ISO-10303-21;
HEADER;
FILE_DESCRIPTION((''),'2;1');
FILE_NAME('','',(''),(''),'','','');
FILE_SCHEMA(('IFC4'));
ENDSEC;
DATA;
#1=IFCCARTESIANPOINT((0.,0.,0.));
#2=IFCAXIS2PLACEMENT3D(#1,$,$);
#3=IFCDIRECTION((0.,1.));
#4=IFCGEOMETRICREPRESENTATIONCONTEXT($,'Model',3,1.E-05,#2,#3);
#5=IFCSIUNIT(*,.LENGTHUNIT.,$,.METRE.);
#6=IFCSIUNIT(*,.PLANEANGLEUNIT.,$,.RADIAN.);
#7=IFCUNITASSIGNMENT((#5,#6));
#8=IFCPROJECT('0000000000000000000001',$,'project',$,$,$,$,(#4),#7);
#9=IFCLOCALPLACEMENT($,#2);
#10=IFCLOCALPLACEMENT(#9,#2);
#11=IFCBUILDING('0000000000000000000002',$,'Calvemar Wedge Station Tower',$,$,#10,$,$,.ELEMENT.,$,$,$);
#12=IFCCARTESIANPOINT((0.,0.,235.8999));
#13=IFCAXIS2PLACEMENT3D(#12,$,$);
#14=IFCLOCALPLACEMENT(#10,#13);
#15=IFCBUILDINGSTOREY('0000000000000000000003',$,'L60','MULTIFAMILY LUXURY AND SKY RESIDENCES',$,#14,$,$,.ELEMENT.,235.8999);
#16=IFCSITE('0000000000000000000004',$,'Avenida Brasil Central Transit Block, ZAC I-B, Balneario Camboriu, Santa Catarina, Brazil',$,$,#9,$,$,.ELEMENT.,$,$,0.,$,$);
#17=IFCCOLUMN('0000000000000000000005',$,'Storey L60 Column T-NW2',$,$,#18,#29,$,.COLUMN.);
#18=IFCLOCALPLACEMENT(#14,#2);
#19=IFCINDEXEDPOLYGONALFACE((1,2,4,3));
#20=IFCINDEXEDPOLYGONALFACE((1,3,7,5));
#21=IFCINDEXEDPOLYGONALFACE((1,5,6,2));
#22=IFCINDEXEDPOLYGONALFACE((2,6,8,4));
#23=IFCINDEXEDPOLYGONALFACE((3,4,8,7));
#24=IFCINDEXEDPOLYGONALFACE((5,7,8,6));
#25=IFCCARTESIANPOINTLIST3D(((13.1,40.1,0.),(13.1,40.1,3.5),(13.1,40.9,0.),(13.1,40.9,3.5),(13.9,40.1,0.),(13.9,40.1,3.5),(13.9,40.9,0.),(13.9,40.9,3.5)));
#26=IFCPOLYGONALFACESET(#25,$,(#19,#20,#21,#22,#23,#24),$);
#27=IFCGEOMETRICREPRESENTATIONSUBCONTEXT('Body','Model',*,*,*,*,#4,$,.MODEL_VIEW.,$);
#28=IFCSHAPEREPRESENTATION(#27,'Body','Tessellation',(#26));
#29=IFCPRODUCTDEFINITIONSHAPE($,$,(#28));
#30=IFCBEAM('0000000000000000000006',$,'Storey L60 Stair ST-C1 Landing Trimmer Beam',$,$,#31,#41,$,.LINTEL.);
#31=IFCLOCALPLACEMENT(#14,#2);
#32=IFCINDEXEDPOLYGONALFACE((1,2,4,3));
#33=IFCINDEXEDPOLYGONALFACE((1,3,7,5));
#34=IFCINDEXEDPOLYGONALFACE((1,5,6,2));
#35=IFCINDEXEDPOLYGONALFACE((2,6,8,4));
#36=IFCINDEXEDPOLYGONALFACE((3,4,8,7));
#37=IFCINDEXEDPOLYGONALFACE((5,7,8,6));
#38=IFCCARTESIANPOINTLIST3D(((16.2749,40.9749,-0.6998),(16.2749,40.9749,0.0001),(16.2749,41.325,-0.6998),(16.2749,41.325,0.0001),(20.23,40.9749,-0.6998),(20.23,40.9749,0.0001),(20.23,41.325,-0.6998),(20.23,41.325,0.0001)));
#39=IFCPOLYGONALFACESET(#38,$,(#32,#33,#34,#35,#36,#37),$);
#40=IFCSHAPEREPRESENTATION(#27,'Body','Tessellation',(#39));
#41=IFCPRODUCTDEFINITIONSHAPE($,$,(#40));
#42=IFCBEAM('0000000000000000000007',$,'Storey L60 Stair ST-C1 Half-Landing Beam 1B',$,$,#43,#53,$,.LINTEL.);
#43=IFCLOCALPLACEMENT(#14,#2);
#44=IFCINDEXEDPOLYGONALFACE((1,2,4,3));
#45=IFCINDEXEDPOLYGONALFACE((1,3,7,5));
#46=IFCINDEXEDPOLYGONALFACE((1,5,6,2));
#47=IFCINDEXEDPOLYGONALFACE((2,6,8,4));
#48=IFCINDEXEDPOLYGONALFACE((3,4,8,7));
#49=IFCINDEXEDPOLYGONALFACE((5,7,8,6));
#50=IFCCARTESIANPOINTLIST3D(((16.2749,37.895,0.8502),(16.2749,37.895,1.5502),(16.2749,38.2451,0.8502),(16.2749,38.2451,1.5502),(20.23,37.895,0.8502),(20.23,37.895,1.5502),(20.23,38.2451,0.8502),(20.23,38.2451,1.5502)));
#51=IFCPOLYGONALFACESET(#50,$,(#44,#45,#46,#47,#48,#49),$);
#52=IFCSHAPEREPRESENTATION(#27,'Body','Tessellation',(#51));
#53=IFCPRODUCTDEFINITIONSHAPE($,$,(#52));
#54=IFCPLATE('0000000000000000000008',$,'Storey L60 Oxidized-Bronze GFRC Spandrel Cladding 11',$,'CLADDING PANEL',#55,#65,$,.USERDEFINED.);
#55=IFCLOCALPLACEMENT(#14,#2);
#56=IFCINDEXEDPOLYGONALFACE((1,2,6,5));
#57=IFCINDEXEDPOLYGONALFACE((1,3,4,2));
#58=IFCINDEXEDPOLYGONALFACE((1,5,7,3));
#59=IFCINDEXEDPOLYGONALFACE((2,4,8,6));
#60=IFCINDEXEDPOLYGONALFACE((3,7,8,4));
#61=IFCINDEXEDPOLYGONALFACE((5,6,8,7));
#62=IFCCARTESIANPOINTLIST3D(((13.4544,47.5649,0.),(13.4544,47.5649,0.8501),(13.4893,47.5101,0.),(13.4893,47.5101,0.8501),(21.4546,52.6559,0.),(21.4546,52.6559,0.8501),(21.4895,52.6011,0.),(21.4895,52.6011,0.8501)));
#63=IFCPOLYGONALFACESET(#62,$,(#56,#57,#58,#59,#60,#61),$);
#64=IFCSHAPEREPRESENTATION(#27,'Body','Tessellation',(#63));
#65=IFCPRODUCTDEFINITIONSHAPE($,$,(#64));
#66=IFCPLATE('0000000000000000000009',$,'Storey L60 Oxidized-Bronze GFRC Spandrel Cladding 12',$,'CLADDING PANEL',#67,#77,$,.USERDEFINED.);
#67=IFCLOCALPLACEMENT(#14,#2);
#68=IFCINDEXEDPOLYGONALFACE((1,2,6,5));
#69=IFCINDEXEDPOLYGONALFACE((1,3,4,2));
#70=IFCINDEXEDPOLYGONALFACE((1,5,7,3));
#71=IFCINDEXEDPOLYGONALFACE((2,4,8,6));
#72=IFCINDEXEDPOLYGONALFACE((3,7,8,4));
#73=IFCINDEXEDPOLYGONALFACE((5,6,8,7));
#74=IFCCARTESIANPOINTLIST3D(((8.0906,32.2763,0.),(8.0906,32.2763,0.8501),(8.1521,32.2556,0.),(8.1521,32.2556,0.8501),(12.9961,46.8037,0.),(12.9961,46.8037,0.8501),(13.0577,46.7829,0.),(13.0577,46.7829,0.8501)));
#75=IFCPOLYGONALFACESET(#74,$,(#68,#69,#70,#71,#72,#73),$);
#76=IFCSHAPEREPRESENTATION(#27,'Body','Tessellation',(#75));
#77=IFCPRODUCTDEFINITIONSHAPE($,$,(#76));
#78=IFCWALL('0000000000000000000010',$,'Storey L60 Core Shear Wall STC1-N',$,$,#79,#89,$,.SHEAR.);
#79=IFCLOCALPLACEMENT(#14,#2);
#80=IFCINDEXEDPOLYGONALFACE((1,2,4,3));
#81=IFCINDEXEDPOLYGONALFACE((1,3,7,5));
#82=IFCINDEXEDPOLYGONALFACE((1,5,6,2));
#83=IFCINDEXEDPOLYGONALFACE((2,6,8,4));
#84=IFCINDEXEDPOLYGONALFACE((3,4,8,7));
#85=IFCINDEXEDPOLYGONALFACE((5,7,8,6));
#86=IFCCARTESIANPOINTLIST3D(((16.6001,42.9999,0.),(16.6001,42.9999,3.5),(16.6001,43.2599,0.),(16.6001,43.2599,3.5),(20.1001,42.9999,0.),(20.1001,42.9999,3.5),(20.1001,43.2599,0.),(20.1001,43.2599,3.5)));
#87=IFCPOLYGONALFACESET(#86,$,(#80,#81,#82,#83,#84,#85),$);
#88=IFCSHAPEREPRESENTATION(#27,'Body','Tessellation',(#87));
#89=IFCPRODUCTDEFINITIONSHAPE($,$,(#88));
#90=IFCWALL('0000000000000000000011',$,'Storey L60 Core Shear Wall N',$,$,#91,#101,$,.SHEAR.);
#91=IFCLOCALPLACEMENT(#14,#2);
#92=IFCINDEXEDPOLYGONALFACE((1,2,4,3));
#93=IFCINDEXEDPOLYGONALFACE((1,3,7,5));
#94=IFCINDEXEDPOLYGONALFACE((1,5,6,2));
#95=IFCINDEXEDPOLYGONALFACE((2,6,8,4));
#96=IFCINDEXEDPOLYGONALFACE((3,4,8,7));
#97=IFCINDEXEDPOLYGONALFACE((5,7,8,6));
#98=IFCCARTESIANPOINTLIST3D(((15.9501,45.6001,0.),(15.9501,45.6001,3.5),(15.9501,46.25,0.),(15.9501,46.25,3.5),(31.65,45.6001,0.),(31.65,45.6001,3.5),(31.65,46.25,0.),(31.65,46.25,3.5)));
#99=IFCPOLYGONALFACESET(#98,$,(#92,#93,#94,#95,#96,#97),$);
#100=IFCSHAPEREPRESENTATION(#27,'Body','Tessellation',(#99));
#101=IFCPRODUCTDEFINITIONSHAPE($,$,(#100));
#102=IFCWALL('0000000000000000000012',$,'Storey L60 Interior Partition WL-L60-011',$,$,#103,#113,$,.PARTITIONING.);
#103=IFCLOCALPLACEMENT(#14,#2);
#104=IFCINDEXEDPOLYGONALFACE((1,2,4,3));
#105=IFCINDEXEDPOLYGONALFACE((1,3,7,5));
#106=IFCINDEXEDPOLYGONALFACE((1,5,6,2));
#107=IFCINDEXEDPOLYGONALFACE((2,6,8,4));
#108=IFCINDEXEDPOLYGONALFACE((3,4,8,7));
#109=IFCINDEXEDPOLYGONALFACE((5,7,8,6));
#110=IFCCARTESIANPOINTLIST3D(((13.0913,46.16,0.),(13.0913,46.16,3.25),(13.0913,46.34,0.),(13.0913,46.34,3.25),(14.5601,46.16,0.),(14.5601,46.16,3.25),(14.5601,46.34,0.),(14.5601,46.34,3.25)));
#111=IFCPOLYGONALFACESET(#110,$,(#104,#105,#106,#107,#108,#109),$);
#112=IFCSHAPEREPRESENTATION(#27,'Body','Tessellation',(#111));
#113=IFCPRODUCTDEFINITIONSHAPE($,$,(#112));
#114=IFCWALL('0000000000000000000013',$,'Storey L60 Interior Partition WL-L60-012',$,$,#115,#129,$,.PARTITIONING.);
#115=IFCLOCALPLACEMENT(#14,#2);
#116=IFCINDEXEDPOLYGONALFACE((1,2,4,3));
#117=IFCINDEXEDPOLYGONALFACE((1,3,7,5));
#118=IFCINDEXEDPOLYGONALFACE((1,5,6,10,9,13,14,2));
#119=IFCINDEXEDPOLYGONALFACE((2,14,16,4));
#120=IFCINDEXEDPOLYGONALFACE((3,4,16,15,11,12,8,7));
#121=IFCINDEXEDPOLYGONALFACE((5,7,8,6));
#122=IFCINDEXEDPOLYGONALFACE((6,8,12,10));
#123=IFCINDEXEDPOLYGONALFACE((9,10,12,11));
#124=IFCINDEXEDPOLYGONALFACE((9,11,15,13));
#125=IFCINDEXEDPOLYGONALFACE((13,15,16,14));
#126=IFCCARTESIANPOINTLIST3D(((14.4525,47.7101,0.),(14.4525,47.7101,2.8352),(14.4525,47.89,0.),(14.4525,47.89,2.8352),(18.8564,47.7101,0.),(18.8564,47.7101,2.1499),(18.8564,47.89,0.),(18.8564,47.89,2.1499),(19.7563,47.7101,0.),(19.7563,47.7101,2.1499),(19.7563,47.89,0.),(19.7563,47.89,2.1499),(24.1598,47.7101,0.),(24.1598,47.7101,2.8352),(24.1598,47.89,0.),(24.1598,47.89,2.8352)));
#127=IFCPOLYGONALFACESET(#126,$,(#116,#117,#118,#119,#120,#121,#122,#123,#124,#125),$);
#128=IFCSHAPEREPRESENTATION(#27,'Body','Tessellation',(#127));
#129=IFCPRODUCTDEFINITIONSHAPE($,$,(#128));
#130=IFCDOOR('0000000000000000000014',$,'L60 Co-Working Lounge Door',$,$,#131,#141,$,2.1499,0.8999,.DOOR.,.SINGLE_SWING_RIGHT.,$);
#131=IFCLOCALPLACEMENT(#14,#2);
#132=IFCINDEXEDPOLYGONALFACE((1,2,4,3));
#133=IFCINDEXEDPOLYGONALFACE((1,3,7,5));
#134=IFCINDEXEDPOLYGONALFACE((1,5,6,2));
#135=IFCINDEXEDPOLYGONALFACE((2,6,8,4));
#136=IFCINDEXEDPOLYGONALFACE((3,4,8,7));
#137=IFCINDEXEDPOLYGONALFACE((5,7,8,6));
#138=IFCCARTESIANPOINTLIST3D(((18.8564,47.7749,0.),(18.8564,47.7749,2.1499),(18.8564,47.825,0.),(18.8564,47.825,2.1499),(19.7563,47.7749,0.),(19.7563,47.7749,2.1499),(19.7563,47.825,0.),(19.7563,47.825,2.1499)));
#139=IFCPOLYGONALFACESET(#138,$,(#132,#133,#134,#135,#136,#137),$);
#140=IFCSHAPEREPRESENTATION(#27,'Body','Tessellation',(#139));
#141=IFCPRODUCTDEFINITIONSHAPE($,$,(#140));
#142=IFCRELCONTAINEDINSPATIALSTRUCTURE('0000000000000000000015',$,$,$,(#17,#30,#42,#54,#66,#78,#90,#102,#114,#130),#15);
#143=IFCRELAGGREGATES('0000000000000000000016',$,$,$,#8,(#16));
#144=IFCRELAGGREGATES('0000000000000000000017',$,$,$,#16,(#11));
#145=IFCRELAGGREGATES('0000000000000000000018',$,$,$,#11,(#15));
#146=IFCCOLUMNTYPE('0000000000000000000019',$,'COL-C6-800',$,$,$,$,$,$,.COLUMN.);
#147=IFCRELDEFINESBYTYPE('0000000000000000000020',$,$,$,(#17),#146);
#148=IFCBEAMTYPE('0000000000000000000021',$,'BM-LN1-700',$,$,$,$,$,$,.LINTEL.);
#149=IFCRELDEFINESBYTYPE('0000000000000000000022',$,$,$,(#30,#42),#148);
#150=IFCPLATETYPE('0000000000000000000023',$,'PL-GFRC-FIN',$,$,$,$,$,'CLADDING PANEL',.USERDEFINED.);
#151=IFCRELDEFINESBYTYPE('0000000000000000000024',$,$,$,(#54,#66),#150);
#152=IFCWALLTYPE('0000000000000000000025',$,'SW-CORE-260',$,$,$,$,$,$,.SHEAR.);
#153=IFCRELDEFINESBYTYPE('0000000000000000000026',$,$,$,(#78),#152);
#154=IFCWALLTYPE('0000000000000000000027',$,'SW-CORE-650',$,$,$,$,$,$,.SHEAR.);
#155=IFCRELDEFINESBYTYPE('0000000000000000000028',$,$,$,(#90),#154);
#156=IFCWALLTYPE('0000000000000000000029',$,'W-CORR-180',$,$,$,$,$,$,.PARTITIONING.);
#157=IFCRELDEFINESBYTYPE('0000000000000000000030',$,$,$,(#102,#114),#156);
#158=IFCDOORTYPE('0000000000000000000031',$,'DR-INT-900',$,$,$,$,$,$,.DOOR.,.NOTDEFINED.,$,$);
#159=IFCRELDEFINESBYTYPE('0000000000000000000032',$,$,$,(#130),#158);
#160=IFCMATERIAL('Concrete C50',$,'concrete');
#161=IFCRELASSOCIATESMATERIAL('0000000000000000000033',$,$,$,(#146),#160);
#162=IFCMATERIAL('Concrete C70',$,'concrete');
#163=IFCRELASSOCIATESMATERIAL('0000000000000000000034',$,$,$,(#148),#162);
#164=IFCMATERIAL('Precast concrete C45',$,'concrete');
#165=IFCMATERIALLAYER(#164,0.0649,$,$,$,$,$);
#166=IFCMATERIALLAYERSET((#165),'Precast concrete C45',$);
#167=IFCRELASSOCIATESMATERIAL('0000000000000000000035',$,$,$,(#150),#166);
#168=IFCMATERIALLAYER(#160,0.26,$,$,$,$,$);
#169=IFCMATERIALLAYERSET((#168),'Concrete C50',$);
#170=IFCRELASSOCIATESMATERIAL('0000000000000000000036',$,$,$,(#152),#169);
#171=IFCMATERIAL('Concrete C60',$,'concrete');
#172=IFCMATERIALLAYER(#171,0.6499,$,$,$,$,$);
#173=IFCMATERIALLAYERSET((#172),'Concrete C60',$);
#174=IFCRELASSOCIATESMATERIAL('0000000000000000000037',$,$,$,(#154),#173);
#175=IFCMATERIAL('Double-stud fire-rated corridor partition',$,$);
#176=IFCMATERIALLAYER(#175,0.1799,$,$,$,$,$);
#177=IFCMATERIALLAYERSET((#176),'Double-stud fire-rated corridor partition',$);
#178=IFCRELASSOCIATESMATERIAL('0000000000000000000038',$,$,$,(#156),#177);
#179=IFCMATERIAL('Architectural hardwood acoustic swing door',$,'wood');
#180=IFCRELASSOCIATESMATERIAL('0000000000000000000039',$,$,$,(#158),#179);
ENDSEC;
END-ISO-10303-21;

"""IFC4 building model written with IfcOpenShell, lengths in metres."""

from ifc_helpers import new_model, si_unit, direction, frame, frame_2d, origin, origin_2d, place, context, subcontext, project, spatial, rectangle, extrude, source, transform, mapped, material, layer, layer_set, material_profile, profile_set, type_object, element, fill, save


model = new_model("IFC4")

# Units and contexts
model_context = context("Model", 3, precision=1e-05, world=origin(), true_north=direction((0.0, 1.0)))
body_context = subcontext(model_context, "Body", "Model", "MODEL_VIEW")
ifc_project = project(units=[si_unit("LENGTHUNIT", "METRE"), si_unit("PLANEANGLEUNIT", "RADIAN")], contexts=[model_context])

# Site, building, storey
site_placement = place(None, origin())
site = spatial("IfcSite", under=ifc_project, at=site_placement, Name="Avenida Brasil Central Transit Block, ZAC I-B, Balneario Camboriu, Santa Catarina, Brazil", CompositionType="ELEMENT", RefElevation=0.0)
building_placement = place(site_placement, origin())
building = spatial("IfcBuilding", under=site, at=building_placement, Name="Calvemar Wedge Station Tower", CompositionType="ELEMENT")
storey_placement = place(building_placement, frame((0.0, 0.0, 235.8999)))
storey = spatial("IfcBuildingStorey", under=building, at=storey_placement, Name="L60", Description="MULTIFAMILY LUXURY AND SKY RESIDENCES", CompositionType="ELEMENT", Elevation=235.8999)

# Column
ifc_material_1 = material(Name="Concrete C50", Category="concrete")
ifc_material_profile_1 = material_profile(ifc_material_1, rectangle(XDim=0.8, YDim=0.8, at=origin_2d()), Name="RC800x800")
ifc_profile_set_1 = profile_set([ifc_material_profile_1], Name="Concrete C50")
column_type = type_object("IfcColumnType", Name="COL-C6-800", PredefinedType="COLUMN", material=ifc_profile_set_1)
shared_shape_1 = source(origin(), body_context, "Body", "SweptSolid", [
    extrude(rectangle(XDim=0.8, YDim=0.8, at=origin_2d()), origin(), (0.0, 0.0, 1.0), 3.5),
])
column_placement = place(storey_placement, frame((13.5, 40.5, 0.0), z_axis=(0.0, 0.0, 1.0), x_axis=(1.0, 0.0, 0.0)))
element("IfcColumn", 1, at=column_placement, inside=storey, type_object=column_type, Name="Storey L60 Column T-NW2", PredefinedType="COLUMN", context=body_context, shape_type="MappedRepresentation", body=[
    mapped(shared_shape_1, transform((0.0, 0.0, 0.0), scale=1.0)),
])

# Beams
ifc_material_2 = material(Name="Concrete C70", Category="concrete")
ifc_material_profile_2 = material_profile(ifc_material_2, rectangle(XDim=0.3501, YDim=0.7, at=origin_2d()), Name="RC350x700")
ifc_profile_set_2 = profile_set([ifc_material_profile_2], Name="Concrete C70")
beam_type = type_object("IfcBeamType", Name="BM-LN1-700", PredefinedType="LINTEL", material=ifc_profile_set_2)
shared_shape_2 = source(origin(), body_context, "Body", "SweptSolid", [
    extrude(rectangle(XDim=0.3501, YDim=0.7, at=origin_2d()), origin(), (0.0, 0.0, 1.0), 3.9551),
])
for number, where, z_axis, x_axis, name in (
    (2, (16.2749, 41.1499, -0.3499), (1.0, 0.0, 0.0), (0.0, 1.0, 0.0), "Storey L60 Stair ST-C1 Landing Trimmer Beam"),
    (3, (16.2749, 38.0701, 1.2002), (1.0, 0.0, 0.0), (0.0, 1.0, 0.0), "Storey L60 Stair ST-C1 Half-Landing Beam 1B"),
):
    element("IfcBeam", number, at=place(storey_placement, frame(where, z_axis=z_axis, x_axis=x_axis)), inside=storey, type_object=beam_type, Name=name, PredefinedType="LINTEL", context=body_context, shape_type="MappedRepresentation", body=[
        mapped(shared_shape_2, transform((0.0, 0.0, 0.0), scale=1.0)),
    ])

# Plates
ifc_material_3 = material(Name="Precast concrete C45", Category="concrete")
ifc_layer_1 = layer(ifc_material_3, 0.0649)
ifc_layer_set_1 = layer_set([ifc_layer_1], Name="Precast concrete C45")
plate_type = type_object("IfcPlateType", Name="PL-GFRC-FIN", ElementType="CLADDING PANEL", PredefinedType="USERDEFINED", material=ifc_layer_set_1)
plate_1_placement = place(storey_placement, frame((21.4719, 52.6284, 0.0), z_axis=(0.0, 0.0, 1.0), x_axis=(-0.843661, -0.536875, 0.0)))
element("IfcPlate", 4, at=plate_1_placement, inside=storey, type_object=plate_type, Name="Storey L60 Oxidized-Bronze GFRC Spandrel Cladding 11", ObjectType="CLADDING PANEL", PredefinedType="USERDEFINED", context=body_context, shape_type="SweptSolid", body=[
    extrude(rectangle(XDim=9.4827, YDim=0.0649, at=frame_2d((4.7412, 0.0))), origin(), (0.0, 0.0, 1.0), 0.8501),
])
plate_2_placement = place(storey_placement, frame((13.0269, 46.7932, 0.0), z_axis=(0.0, 0.0, 1.0), x_axis=(-0.319927, -0.947442, 0.0)))
element("IfcPlate", 5, at=plate_2_placement, inside=storey, type_object=plate_type, Name="Storey L60 Oxidized-Bronze GFRC Spandrel Cladding 12", ObjectType="CLADDING PANEL", PredefinedType="USERDEFINED", context=body_context, shape_type="SweptSolid", body=[
    extrude(rectangle(XDim=15.3333, YDim=0.0649, at=frame_2d((7.6665, 0.0))), origin(), (0.0, 0.0, 1.0), 0.8501),
])

# Walls
ifc_layer_2 = layer(ifc_material_1, 0.26)
ifc_layer_set_2 = layer_set([ifc_layer_2], Name="Concrete C50")
wall_type_1 = type_object("IfcWallType", Name="SW-CORE-260", PredefinedType="SHEAR", material=ifc_layer_set_2)
wall_1_placement = place(storey_placement, frame((16.6001, 43.1299, 0.0), z_axis=(0.0, 0.0, 1.0), x_axis=(1.0, 0.0, 0.0)))
element("IfcWall", 6, at=wall_1_placement, inside=storey, type_object=wall_type_1, Name="Storey L60 Core Shear Wall STC1-N", PredefinedType="SHEAR", context=body_context, shape_type="SweptSolid", body=[
    extrude(rectangle(XDim=3.5, YDim=0.26, at=frame_2d((1.75, 0.0))), origin(), (0.0, 0.0, 1.0), 3.5),
])
ifc_material_4 = material(Name="Concrete C60", Category="concrete")
ifc_layer_3 = layer(ifc_material_4, 0.6499)
ifc_layer_set_3 = layer_set([ifc_layer_3], Name="Concrete C60")
wall_type_2 = type_object("IfcWallType", Name="SW-CORE-650", PredefinedType="SHEAR", material=ifc_layer_set_3)
wall_2_placement = place(storey_placement, frame((15.95, 45.925, 0.0), z_axis=(0.0, 0.0, 1.0), x_axis=(1.0, 0.0, 0.0)))
element("IfcWall", 7, at=wall_2_placement, inside=storey, type_object=wall_type_2, Name="Storey L60 Core Shear Wall N", PredefinedType="SHEAR", context=body_context, shape_type="SweptSolid", body=[
    extrude(rectangle(XDim=15.7, YDim=0.6499, at=frame_2d((7.8501, 0.0))), origin(), (0.0, 0.0, 1.0), 3.5),
])
ifc_material_5 = material(Name="Double-stud fire-rated corridor partition")
ifc_layer_4 = layer(ifc_material_5, 0.1799)
ifc_layer_set_4 = layer_set([ifc_layer_4], Name="Double-stud fire-rated corridor partition")
wall_type_3 = type_object("IfcWallType", Name="W-CORR-180", PredefinedType="PARTITIONING", material=ifc_layer_set_4)
wall_3_placement = place(storey_placement, frame((14.5601, 46.25, 0.0), z_axis=(0.0, 0.0, 1.0), x_axis=(-1.0, 0.0, 0.0)))
element("IfcWall", 8, at=wall_3_placement, inside=storey, type_object=wall_type_3, Name="Storey L60 Interior Partition WL-L60-011", PredefinedType="PARTITIONING", context=body_context, shape_type="SweptSolid", body=[
    extrude(rectangle(XDim=1.4688, YDim=0.1799, at=frame_2d((0.7344, 0.0))), origin(), (0.0, 0.0, 1.0), 3.25),
])

# Wall, opening, door
wall_4_placement = place(storey_placement, frame((14.4526, 47.8, 0.0), z_axis=(0.0, 0.0, 1.0), x_axis=(1.0, 0.0, 0.0)))
wall_4 = element("IfcWall", 9, at=wall_4_placement, inside=storey, type_object=wall_type_3, Name="Storey L60 Interior Partition WL-L60-012", PredefinedType="PARTITIONING", context=body_context, shape_type="SweptSolid", body=[
    extrude(rectangle(XDim=9.7073, YDim=0.1799, at=frame_2d((4.8535, 0.0))), origin(), (0.0, 0.0, 1.0), 2.8352),
])
shared_shape_3 = source(origin(), body_context, "Body", "SweptSolid", [
    extrude(rectangle(XDim=0.8999, YDim=2.1499, at=frame_2d((0.45, 1.075))), frame((0.0, 0.1001, 0.0), z_axis=(0.0, -1.0, 0.0), x_axis=(1.0, 0.0, 0.0)), (0.0, 0.0, 1.0), 0.2),
])
opening_1_placement = place(wall_4_placement, frame((4.4038, 0.0, 0.0)))
opening_1 = element("IfcOpeningElement", 10, at=opening_1_placement, cuts=wall_4, PredefinedType="OPENING", context=body_context, shape_type="MappedRepresentation", body=[
    mapped(shared_shape_3, transform((0.0, 0.0, 0.0), scale=1.0)),
])
ifc_material_6 = material(Name="Architectural hardwood acoustic swing door", Category="wood")
door_type_1 = type_object("IfcDoorType", Name="DR-INT-900", OperationType="NOTDEFINED", PredefinedType="DOOR", material=ifc_material_6)
shared_shape_4 = source(origin(), body_context, "Body", "SweptSolid", [
    extrude(rectangle(XDim=0.8999, YDim=2.1499, at=frame_2d((0.45, 1.075))), frame((0.0, 0.0249, 0.0), z_axis=(0.0, -1.0, 0.0), x_axis=(1.0, 0.0, 0.0)), (0.0, 0.0, 1.0), 0.05),
])
door_1_placement = place(opening_1_placement, origin())
door_1 = element("IfcDoor", 11, at=door_1_placement, inside=storey, type_object=door_type_1, Name="L60 Co-Working Lounge Door", OperationType="SINGLE_SWING_RIGHT", OverallHeight=2.1499, OverallWidth=0.8999, PredefinedType="DOOR", context=body_context, shape_type="MappedRepresentation", body=[
    mapped(shared_shape_4, transform((0.0, 0.0, 0.0), scale=1.0)),
])
fill(opening_1, door_1)

save(model, "model.ifc")
